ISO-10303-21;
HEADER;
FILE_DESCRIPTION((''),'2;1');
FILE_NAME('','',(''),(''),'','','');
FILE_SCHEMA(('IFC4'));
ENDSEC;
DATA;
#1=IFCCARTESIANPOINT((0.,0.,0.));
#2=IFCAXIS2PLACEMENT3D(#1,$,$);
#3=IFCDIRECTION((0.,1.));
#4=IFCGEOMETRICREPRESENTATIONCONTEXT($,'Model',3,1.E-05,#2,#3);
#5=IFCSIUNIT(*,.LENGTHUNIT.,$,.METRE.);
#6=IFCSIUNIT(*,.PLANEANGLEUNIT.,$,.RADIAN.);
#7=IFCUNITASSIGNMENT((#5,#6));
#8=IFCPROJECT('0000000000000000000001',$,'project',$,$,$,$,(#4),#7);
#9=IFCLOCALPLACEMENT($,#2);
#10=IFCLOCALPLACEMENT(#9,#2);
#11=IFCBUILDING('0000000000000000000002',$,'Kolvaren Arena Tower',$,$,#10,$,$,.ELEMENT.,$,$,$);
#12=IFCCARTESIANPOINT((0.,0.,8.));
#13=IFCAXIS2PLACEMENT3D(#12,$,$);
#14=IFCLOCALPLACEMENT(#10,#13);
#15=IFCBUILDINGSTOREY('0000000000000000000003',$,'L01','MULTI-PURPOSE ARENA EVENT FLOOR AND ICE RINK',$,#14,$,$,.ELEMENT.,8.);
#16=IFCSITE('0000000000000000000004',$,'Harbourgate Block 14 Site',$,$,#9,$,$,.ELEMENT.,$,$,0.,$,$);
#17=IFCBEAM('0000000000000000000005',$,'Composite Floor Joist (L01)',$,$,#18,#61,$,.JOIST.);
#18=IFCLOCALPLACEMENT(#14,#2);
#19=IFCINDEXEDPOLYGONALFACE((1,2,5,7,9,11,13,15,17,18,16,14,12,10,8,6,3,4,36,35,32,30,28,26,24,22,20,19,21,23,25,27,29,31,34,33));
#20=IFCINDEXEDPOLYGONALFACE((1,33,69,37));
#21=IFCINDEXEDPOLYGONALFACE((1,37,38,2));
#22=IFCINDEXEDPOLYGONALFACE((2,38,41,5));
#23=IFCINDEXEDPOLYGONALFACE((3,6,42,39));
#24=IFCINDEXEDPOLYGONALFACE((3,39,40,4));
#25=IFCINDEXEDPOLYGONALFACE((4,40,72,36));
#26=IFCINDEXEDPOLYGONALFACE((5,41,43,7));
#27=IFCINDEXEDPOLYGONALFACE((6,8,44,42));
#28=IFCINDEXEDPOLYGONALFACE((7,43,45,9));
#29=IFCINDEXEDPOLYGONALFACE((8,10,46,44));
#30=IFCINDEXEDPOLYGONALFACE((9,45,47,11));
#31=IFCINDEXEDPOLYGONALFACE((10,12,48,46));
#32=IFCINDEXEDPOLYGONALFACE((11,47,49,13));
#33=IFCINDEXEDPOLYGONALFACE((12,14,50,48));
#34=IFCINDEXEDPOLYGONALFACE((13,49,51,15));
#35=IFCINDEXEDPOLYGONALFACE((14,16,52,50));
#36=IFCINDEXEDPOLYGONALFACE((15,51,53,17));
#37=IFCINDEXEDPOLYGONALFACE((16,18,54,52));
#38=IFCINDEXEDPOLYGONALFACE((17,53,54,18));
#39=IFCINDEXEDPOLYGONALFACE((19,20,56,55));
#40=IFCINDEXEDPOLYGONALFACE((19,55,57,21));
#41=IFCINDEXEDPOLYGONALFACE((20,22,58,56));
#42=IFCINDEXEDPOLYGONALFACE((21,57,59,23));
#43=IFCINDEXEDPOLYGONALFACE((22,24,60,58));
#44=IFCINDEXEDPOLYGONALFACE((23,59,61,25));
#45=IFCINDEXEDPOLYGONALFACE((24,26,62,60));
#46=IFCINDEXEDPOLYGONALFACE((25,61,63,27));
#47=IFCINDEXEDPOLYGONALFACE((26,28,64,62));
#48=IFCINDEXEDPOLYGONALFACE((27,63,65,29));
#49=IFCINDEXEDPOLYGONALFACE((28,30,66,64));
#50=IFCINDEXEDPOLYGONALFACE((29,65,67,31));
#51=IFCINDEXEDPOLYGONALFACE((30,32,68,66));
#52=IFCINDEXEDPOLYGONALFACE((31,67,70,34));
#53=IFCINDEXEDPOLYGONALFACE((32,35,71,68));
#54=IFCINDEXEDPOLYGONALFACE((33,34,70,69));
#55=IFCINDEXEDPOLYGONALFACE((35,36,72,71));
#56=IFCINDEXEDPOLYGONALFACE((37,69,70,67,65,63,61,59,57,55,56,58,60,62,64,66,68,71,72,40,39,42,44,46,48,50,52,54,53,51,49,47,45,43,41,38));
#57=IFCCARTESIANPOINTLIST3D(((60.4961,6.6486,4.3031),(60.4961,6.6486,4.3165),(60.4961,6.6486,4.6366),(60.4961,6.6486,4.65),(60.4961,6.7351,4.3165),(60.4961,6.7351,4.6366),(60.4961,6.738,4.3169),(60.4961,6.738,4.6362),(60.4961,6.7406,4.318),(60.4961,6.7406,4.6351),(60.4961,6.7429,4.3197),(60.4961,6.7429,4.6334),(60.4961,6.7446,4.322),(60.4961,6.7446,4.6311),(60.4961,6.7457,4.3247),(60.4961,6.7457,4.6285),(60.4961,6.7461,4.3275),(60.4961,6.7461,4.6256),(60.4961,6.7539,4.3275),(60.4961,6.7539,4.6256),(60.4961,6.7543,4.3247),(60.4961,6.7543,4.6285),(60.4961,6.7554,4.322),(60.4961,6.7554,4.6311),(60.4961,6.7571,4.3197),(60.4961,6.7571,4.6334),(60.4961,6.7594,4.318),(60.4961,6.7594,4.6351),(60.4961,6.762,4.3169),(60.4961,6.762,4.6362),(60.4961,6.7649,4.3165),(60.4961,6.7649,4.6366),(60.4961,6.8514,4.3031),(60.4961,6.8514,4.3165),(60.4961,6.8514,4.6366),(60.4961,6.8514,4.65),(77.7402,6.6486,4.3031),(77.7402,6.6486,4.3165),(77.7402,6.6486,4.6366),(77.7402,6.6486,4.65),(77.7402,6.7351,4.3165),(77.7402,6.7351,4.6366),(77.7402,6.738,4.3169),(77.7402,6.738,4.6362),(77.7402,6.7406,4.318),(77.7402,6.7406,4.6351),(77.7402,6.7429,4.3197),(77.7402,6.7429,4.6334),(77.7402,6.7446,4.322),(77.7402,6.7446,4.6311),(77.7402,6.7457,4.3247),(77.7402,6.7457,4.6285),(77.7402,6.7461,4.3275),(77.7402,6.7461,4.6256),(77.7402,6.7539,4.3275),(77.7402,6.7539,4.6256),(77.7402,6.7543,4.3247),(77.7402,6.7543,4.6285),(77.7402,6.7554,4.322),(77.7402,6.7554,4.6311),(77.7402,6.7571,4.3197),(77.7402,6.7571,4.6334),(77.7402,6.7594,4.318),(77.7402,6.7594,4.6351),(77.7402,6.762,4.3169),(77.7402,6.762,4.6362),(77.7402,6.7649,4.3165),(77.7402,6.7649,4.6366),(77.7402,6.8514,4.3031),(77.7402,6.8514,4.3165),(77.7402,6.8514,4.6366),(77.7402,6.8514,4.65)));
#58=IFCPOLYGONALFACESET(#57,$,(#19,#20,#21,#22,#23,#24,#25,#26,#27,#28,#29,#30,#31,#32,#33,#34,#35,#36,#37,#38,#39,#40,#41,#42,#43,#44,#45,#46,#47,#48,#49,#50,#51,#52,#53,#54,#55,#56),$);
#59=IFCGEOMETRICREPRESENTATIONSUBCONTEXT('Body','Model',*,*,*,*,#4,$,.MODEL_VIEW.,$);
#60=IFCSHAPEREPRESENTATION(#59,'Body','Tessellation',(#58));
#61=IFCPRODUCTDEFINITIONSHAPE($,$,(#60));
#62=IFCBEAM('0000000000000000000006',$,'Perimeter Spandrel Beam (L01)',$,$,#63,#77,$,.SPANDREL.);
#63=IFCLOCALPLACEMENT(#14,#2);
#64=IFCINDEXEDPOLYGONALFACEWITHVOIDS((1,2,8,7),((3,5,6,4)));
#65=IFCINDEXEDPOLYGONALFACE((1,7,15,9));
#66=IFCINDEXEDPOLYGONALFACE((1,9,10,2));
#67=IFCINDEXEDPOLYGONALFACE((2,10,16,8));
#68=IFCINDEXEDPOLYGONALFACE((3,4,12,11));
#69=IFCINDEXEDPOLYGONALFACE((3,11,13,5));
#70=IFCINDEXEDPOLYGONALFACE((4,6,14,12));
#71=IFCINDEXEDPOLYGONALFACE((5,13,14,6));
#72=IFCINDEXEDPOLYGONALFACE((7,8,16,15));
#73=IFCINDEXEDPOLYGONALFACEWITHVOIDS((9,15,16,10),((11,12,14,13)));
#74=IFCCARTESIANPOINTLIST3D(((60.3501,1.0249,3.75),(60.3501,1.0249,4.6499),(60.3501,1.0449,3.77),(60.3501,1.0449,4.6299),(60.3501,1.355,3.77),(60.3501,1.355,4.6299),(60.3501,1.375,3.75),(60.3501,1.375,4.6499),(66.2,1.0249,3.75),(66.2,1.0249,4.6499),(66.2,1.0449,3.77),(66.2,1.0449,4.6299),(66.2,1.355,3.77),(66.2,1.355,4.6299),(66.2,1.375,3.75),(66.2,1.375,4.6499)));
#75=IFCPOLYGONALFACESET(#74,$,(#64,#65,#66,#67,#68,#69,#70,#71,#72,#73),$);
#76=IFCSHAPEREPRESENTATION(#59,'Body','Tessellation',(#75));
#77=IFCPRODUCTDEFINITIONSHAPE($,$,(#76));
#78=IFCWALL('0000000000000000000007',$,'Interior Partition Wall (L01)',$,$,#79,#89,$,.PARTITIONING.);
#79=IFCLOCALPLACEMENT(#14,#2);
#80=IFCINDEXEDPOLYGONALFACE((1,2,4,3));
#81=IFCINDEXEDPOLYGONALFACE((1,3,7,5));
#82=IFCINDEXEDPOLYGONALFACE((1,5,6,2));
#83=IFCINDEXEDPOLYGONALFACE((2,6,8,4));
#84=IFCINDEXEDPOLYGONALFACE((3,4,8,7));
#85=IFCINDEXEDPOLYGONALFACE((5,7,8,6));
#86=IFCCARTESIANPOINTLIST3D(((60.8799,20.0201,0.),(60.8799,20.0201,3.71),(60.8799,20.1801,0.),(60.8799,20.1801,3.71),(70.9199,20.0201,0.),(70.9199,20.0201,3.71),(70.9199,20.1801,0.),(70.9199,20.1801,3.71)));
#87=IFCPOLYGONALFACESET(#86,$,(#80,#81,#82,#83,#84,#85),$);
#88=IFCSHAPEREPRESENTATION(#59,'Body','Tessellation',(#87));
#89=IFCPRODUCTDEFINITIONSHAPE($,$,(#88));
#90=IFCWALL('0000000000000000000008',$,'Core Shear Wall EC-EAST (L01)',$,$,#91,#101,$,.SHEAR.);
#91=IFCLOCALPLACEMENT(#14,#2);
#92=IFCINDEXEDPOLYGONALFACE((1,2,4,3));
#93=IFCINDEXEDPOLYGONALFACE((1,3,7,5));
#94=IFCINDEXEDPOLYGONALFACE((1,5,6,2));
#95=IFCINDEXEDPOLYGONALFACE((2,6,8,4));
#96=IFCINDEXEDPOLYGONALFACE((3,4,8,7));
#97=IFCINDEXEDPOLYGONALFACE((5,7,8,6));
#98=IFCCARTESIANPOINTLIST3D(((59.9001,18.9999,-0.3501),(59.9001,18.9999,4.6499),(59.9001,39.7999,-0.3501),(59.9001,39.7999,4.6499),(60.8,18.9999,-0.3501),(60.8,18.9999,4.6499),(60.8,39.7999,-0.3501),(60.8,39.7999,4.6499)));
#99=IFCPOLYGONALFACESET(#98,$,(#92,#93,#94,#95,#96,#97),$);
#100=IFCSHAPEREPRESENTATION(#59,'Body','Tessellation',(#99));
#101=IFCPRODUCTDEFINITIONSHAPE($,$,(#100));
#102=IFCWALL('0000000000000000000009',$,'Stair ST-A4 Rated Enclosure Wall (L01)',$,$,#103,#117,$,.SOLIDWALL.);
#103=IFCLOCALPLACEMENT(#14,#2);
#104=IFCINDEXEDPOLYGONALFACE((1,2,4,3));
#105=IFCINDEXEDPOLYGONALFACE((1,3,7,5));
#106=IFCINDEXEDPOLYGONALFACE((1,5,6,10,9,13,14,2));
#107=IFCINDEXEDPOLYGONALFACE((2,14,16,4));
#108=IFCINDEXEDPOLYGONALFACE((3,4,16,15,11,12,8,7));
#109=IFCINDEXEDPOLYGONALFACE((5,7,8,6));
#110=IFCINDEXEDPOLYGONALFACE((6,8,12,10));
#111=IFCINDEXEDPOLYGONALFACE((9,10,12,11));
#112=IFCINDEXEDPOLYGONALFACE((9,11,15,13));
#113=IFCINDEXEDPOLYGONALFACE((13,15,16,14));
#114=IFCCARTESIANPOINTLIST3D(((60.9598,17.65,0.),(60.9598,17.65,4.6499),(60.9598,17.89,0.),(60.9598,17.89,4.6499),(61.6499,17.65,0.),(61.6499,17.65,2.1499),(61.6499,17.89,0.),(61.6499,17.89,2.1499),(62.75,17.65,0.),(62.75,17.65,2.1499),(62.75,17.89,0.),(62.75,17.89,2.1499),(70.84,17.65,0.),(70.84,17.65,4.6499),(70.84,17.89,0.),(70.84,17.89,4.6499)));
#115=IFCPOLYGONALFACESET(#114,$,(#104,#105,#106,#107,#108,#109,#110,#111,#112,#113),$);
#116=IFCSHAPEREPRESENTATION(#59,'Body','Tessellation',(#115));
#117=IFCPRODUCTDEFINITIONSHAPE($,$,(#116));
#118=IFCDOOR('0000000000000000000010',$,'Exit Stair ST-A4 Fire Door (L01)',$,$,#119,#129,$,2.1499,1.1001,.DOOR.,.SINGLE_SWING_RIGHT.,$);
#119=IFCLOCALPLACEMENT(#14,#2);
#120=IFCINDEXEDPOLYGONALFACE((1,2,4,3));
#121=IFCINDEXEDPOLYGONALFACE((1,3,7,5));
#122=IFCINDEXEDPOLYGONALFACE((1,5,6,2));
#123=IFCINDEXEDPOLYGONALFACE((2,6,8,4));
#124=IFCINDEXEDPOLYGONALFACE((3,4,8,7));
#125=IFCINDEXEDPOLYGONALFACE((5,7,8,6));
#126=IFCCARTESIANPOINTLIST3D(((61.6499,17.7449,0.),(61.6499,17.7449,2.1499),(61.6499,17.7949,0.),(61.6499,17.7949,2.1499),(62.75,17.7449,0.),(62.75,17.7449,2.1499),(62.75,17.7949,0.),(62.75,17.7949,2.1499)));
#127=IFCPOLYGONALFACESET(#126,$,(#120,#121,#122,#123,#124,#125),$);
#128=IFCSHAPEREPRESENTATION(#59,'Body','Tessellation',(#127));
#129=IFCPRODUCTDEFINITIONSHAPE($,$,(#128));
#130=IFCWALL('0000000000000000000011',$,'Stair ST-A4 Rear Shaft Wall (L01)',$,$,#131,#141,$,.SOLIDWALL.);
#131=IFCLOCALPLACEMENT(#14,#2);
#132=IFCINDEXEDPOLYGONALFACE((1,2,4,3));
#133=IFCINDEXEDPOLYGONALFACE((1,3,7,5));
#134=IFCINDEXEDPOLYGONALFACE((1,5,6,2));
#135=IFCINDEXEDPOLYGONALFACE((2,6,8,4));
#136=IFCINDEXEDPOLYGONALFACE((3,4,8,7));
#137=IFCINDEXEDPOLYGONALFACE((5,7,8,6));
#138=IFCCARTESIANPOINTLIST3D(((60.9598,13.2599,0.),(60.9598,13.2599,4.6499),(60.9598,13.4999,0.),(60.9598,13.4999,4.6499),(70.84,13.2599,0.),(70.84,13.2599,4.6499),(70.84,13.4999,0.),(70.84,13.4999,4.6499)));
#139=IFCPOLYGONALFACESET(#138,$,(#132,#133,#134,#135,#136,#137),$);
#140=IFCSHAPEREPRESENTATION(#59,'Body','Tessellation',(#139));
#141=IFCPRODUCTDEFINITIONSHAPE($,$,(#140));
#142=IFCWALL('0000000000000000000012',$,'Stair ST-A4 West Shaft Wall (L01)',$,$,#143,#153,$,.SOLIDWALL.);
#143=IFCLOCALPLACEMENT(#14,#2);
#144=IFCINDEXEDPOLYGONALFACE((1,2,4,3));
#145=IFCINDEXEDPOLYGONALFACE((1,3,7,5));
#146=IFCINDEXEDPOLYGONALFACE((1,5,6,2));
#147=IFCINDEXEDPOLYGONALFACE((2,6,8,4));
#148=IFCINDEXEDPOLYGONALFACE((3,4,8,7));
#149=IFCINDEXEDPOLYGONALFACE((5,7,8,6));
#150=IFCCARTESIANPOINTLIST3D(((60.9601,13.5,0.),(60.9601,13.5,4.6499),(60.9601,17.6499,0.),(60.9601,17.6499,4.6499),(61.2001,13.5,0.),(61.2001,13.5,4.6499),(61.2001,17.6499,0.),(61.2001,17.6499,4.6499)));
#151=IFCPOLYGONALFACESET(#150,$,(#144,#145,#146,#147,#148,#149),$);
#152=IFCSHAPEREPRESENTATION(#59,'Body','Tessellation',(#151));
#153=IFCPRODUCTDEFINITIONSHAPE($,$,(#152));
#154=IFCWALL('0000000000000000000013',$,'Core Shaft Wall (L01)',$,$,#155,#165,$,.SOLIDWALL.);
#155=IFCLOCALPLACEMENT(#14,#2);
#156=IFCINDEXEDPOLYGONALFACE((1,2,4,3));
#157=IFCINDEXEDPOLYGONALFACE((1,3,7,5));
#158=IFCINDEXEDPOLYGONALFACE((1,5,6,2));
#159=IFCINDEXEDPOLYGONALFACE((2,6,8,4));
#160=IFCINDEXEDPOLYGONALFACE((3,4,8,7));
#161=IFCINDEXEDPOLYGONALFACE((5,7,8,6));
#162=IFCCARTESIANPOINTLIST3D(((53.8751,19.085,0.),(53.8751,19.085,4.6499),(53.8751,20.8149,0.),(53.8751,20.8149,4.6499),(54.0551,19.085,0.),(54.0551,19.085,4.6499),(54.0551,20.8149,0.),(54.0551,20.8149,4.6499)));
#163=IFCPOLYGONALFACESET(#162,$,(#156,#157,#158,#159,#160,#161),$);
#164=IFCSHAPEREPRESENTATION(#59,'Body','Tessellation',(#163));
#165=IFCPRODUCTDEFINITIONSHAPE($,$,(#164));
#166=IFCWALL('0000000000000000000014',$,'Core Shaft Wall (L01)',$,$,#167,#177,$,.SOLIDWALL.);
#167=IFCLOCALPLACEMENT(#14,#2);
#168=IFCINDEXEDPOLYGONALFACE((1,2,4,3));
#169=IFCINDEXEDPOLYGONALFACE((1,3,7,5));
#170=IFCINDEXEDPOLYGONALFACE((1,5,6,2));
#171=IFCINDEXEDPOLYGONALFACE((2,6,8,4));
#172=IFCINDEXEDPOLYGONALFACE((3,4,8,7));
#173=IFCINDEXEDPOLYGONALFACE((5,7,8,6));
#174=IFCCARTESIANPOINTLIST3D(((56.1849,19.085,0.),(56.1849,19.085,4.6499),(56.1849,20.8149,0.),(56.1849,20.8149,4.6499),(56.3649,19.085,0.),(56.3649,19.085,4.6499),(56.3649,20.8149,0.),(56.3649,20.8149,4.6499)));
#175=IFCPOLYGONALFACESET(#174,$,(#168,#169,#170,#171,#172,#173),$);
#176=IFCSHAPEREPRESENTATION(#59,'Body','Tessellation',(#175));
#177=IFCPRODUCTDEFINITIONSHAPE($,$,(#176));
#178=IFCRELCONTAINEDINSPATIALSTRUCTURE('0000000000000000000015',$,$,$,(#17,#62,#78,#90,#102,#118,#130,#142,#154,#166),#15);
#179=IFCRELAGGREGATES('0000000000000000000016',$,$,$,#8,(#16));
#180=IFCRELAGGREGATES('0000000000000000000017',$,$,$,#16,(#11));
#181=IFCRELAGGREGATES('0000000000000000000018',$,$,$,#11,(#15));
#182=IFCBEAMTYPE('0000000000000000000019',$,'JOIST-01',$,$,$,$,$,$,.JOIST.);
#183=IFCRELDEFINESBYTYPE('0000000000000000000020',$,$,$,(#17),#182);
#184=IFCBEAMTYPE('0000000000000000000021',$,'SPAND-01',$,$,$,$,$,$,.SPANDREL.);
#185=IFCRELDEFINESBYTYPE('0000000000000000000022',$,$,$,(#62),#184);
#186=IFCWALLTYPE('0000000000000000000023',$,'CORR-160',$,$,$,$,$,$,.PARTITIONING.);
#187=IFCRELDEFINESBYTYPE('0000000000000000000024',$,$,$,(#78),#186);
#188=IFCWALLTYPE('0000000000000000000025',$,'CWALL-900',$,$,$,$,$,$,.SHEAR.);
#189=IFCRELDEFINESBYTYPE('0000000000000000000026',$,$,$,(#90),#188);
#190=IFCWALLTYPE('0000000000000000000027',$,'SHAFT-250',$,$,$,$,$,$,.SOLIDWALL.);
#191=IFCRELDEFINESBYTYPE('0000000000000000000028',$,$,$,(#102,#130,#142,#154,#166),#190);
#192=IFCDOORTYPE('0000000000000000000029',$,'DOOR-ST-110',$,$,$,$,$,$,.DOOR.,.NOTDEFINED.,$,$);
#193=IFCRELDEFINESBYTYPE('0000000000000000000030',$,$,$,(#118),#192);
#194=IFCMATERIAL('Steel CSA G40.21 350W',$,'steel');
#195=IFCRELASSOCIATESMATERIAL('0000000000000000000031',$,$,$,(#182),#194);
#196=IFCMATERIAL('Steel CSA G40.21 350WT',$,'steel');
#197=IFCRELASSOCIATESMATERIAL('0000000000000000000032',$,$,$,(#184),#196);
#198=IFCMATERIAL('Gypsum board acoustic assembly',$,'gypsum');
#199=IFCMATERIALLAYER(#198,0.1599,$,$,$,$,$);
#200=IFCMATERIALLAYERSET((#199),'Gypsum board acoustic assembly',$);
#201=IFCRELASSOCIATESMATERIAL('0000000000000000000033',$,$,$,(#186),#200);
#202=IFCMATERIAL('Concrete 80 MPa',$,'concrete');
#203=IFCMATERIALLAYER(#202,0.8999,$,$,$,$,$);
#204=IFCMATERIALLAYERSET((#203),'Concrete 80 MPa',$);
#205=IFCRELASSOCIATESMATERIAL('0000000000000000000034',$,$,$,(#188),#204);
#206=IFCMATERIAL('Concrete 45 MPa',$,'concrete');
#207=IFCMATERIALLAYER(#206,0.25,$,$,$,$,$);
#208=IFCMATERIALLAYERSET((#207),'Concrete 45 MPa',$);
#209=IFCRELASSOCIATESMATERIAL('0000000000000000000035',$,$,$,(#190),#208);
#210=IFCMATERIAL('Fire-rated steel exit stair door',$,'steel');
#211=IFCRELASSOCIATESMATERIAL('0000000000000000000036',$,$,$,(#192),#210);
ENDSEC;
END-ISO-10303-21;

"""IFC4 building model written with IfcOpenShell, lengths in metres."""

from ifc_helpers import new_model, si_unit, direction, frame, frame_2d, origin, origin_2d, place, context, subcontext, project, spatial, rectangle, hollow_rectangle, i_section, extrude, material, layer, layer_set, material_profile, profile_set, type_object, element, fill, save


model = new_model("IFC4")

# Units and contexts
model_context = context("Model", 3, precision=1e-05, world=origin(), true_north=direction((0.0, 1.0)))
body_context = subcontext(model_context, "Body", "Model", "MODEL_VIEW")
ifc_project = project(units=[si_unit("LENGTHUNIT", "METRE"), si_unit("PLANEANGLEUNIT", "RADIAN")], contexts=[model_context])

# Site, building, storey
site_placement = place(None, origin())
site = spatial("IfcSite", under=ifc_project, at=site_placement, Name="Harbourgate Block 14 Site", CompositionType="ELEMENT", RefElevation=0.0)
building_placement = place(site_placement, origin())
building = spatial("IfcBuilding", under=site, at=building_placement, Name="Kolvaren Arena Tower", CompositionType="ELEMENT")
storey_placement = place(building_placement, frame((0.0, 0.0, 8.0)))
storey = spatial("IfcBuildingStorey", under=building, at=storey_placement, Name="L01", Description="MULTI-PURPOSE ARENA EVENT FLOOR AND ICE RINK", CompositionType="ELEMENT", Elevation=8.0)

# Beams
ifc_material_1 = material(Name="Steel CSA G40.21 350W", Category="steel")
ifc_material_profile_1 = material_profile(ifc_material_1, i_section(OverallWidth=0.2029, OverallDepth=0.3469, WebThickness=0.0078, FlangeThickness=0.0134, FilletRadius=0.011, at=origin_2d()), Name="W360x64")
ifc_profile_set_1 = profile_set([ifc_material_profile_1], Name="Steel CSA G40.21 350W")
beam_type_1 = type_object("IfcBeamType", Name="JOIST-01", PredefinedType="JOIST", material=ifc_profile_set_1)
beam_1_placement = place(storey_placement, frame((60.4961, 6.75, 4.4766), z_axis=(1.0, 0.0, 0.0), x_axis=(0.0, 1.0, 0.0)))
element("IfcBeam", 1, at=beam_1_placement, inside=storey, type_object=beam_type_1, Name="Composite Floor Joist (L01)", PredefinedType="JOIST", context=body_context, shape_type="SweptSolid", body=[
    extrude(i_section(OverallWidth=0.2029, OverallDepth=0.3469, WebThickness=0.0078, FlangeThickness=0.0134, FilletRadius=0.011, at=origin_2d()), origin(), (0.0, 0.0, 1.0), 17.2441),
])
ifc_material_2 = material(Name="Steel CSA G40.21 350WT", Category="steel")
ifc_material_profile_2 = material_profile(ifc_material_2, hollow_rectangle(XDim=0.3501, YDim=0.8999, WallThickness=0.02, at=origin_2d()), Name="HSS 900x350x20")
ifc_profile_set_2 = profile_set([ifc_material_profile_2], Name="Steel CSA G40.21 350WT")
beam_type_2 = type_object("IfcBeamType", Name="SPAND-01", PredefinedType="SPANDREL", material=ifc_profile_set_2)
beam_2_placement = place(storey_placement, frame((60.3501, 1.2, 4.2), z_axis=(1.0, 0.0, 0.0), x_axis=(0.0, 1.0, 0.0)))
element("IfcBeam", 2, at=beam_2_placement, inside=storey, type_object=beam_type_2, Name="Perimeter Spandrel Beam (L01)", PredefinedType="SPANDREL", context=body_context, shape_type="SweptSolid", body=[
    extrude(hollow_rectangle(XDim=0.3501, YDim=0.8999, WallThickness=0.02, at=origin_2d()), origin(), (0.0, 0.0, 1.0), 5.8499),
])

# Walls
ifc_material_3 = material(Name="Gypsum board acoustic assembly", Category="gypsum")
ifc_layer_1 = layer(ifc_material_3, 0.1599)
ifc_layer_set_1 = layer_set([ifc_layer_1], Name="Gypsum board acoustic assembly")
wall_type_1 = type_object("IfcWallType", Name="CORR-160", PredefinedType="PARTITIONING", material=ifc_layer_set_1)
wall_1_placement = place(storey_placement, frame((60.8799, 20.1001, 0.0), z_axis=(0.0, 0.0, 1.0), x_axis=(1.0, 0.0, 0.0)))
element("IfcWall", 3, at=wall_1_placement, inside=storey, type_object=wall_type_1, Name="Interior Partition Wall (L01)", PredefinedType="PARTITIONING", context=body_context, shape_type="SweptSolid", body=[
    extrude(rectangle(XDim=10.04, YDim=0.1599, at=frame_2d((5.02, 0.0))), origin(), (0.0, 0.0, 1.0), 3.71),
])
ifc_material_4 = material(Name="Concrete 80 MPa", Category="concrete")
ifc_layer_2 = layer(ifc_material_4, 0.8999)
ifc_layer_set_2 = layer_set([ifc_layer_2], Name="Concrete 80 MPa")
wall_type_2 = type_object("IfcWallType", Name="CWALL-900", PredefinedType="SHEAR", material=ifc_layer_set_2)
wall_2_placement = place(storey_placement, frame((60.3501, 19.0, -0.3501), z_axis=(0.0, 0.0, 1.0), x_axis=(0.0, 1.0, 0.0)))
element("IfcWall", 4, at=wall_2_placement, inside=storey, type_object=wall_type_2, Name="Core Shear Wall EC-EAST (L01)", PredefinedType="SHEAR", context=body_context, shape_type="SweptSolid", body=[
    extrude(rectangle(XDim=20.8, YDim=0.8999, at=frame_2d((10.3999, 0.0))), origin(), (0.0, 0.0, 1.0), 5.0),
])

# Wall, opening, door
ifc_material_5 = material(Name="Concrete 45 MPa", Category="concrete")
ifc_layer_3 = layer(ifc_material_5, 0.25)
ifc_layer_set_3 = layer_set([ifc_layer_3], Name="Concrete 45 MPa")
wall_type_3 = type_object("IfcWallType", Name="SHAFT-250", PredefinedType="SOLIDWALL", material=ifc_layer_set_3)
wall_3_placement = place(storey_placement, frame((60.96, 17.77, 0.0), z_axis=(0.0, 0.0, 1.0), x_axis=(1.0, 0.0, 0.0)))
wall_3 = element("IfcWall", 5, at=wall_3_placement, inside=storey, type_object=wall_type_3, Name="Stair ST-A4 Rated Enclosure Wall (L01)", PredefinedType="SOLIDWALL", context=body_context, shape_type="SweptSolid", body=[
    extrude(rectangle(XDim=9.8801, YDim=0.24, at=frame_2d((4.9399, 0.0))), origin(), (0.0, 0.0, 1.0), 4.6499),
])
opening_placement = place(wall_3_placement, frame((0.6899, 0.0, 0.0)))
opening = element("IfcOpeningElement", 6, at=opening_placement, cuts=wall_3, PredefinedType="OPENING", context=body_context, shape_type="SweptSolid", body=[
    extrude(rectangle(XDim=1.1001, YDim=2.1499, at=frame_2d((0.55, 1.075))), frame((0.0, 0.1299, 0.0), z_axis=(0.0, -1.0, 0.0), x_axis=(1.0, 0.0, 0.0)), (0.0, 0.0, 1.0), 0.26),
])
ifc_material_6 = material(Name="Fire-rated steel exit stair door", Category="steel")
door_type = type_object("IfcDoorType", Name="DOOR-ST-110", OperationType="NOTDEFINED", PredefinedType="DOOR", material=ifc_material_6)
door_placement = place(opening_placement, origin())
door = element("IfcDoor", 7, at=door_placement, inside=storey, type_object=door_type, Name="Exit Stair ST-A4 Fire Door (L01)", OperationType="SINGLE_SWING_RIGHT", OverallHeight=2.1499, OverallWidth=1.1001, PredefinedType="DOOR", context=body_context, shape_type="SweptSolid", body=[
    extrude(rectangle(XDim=1.1001, YDim=2.1499, at=frame_2d((0.55, 1.075))), frame((0.0, 0.0249, 0.0), z_axis=(0.0, -1.0, 0.0), x_axis=(1.0, 0.0, 0.0)), (0.0, 0.0, 1.0), 0.05),
])
fill(opening, door)

# Walls
wall_4_placement = place(storey_placement, frame((60.96, 13.3799, 0.0), z_axis=(0.0, 0.0, 1.0), x_axis=(1.0, 0.0, 0.0)))
element("IfcWall", 8, at=wall_4_placement, inside=storey, type_object=wall_type_3, Name="Stair ST-A4 Rear Shaft Wall (L01)", PredefinedType="SOLIDWALL", context=body_context, shape_type="SweptSolid", body=[
    extrude(rectangle(XDim=9.8801, YDim=0.24, at=frame_2d((4.9399, 0.0))), origin(), (0.0, 0.0, 1.0), 4.6499),
])
wall_5_placement = place(storey_placement, frame((61.0801, 13.5, 0.0), z_axis=(0.0, 0.0, 1.0), x_axis=(0.0, 1.0, 0.0)))
element("IfcWall", 9, at=wall_5_placement, inside=storey, type_object=wall_type_3, Name="Stair ST-A4 West Shaft Wall (L01)", PredefinedType="SOLIDWALL", context=body_context, shape_type="SweptSolid", body=[
    extrude(rectangle(XDim=4.1499, YDim=0.24, at=frame_2d((2.075, 0.0))), origin(), (0.0, 0.0, 1.0), 4.6499),
])
for number, where, z_axis, x_axis, name in (
    (10, (53.9651, 19.085, 0.0), (0.0, 0.0, 1.0), (0.0, 1.0, 0.0), "Core Shaft Wall (L01)"),
    (11, (56.2749, 19.085, 0.0), (0.0, 0.0, 1.0), (0.0, 1.0, 0.0), "Core Shaft Wall (L01)"),
):
    element("IfcWall", number, at=place(storey_placement, frame(where, z_axis=z_axis, x_axis=x_axis)), inside=storey, type_object=wall_type_3, Name=name, PredefinedType="SOLIDWALL", context=body_context, shape_type="SweptSolid", body=[
        extrude(rectangle(XDim=1.73, YDim=0.1799, at=frame_2d((0.865, 0.0))), origin(), (0.0, 0.0, 1.0), 4.6499),
    ])

save(model, "model.ifc")
